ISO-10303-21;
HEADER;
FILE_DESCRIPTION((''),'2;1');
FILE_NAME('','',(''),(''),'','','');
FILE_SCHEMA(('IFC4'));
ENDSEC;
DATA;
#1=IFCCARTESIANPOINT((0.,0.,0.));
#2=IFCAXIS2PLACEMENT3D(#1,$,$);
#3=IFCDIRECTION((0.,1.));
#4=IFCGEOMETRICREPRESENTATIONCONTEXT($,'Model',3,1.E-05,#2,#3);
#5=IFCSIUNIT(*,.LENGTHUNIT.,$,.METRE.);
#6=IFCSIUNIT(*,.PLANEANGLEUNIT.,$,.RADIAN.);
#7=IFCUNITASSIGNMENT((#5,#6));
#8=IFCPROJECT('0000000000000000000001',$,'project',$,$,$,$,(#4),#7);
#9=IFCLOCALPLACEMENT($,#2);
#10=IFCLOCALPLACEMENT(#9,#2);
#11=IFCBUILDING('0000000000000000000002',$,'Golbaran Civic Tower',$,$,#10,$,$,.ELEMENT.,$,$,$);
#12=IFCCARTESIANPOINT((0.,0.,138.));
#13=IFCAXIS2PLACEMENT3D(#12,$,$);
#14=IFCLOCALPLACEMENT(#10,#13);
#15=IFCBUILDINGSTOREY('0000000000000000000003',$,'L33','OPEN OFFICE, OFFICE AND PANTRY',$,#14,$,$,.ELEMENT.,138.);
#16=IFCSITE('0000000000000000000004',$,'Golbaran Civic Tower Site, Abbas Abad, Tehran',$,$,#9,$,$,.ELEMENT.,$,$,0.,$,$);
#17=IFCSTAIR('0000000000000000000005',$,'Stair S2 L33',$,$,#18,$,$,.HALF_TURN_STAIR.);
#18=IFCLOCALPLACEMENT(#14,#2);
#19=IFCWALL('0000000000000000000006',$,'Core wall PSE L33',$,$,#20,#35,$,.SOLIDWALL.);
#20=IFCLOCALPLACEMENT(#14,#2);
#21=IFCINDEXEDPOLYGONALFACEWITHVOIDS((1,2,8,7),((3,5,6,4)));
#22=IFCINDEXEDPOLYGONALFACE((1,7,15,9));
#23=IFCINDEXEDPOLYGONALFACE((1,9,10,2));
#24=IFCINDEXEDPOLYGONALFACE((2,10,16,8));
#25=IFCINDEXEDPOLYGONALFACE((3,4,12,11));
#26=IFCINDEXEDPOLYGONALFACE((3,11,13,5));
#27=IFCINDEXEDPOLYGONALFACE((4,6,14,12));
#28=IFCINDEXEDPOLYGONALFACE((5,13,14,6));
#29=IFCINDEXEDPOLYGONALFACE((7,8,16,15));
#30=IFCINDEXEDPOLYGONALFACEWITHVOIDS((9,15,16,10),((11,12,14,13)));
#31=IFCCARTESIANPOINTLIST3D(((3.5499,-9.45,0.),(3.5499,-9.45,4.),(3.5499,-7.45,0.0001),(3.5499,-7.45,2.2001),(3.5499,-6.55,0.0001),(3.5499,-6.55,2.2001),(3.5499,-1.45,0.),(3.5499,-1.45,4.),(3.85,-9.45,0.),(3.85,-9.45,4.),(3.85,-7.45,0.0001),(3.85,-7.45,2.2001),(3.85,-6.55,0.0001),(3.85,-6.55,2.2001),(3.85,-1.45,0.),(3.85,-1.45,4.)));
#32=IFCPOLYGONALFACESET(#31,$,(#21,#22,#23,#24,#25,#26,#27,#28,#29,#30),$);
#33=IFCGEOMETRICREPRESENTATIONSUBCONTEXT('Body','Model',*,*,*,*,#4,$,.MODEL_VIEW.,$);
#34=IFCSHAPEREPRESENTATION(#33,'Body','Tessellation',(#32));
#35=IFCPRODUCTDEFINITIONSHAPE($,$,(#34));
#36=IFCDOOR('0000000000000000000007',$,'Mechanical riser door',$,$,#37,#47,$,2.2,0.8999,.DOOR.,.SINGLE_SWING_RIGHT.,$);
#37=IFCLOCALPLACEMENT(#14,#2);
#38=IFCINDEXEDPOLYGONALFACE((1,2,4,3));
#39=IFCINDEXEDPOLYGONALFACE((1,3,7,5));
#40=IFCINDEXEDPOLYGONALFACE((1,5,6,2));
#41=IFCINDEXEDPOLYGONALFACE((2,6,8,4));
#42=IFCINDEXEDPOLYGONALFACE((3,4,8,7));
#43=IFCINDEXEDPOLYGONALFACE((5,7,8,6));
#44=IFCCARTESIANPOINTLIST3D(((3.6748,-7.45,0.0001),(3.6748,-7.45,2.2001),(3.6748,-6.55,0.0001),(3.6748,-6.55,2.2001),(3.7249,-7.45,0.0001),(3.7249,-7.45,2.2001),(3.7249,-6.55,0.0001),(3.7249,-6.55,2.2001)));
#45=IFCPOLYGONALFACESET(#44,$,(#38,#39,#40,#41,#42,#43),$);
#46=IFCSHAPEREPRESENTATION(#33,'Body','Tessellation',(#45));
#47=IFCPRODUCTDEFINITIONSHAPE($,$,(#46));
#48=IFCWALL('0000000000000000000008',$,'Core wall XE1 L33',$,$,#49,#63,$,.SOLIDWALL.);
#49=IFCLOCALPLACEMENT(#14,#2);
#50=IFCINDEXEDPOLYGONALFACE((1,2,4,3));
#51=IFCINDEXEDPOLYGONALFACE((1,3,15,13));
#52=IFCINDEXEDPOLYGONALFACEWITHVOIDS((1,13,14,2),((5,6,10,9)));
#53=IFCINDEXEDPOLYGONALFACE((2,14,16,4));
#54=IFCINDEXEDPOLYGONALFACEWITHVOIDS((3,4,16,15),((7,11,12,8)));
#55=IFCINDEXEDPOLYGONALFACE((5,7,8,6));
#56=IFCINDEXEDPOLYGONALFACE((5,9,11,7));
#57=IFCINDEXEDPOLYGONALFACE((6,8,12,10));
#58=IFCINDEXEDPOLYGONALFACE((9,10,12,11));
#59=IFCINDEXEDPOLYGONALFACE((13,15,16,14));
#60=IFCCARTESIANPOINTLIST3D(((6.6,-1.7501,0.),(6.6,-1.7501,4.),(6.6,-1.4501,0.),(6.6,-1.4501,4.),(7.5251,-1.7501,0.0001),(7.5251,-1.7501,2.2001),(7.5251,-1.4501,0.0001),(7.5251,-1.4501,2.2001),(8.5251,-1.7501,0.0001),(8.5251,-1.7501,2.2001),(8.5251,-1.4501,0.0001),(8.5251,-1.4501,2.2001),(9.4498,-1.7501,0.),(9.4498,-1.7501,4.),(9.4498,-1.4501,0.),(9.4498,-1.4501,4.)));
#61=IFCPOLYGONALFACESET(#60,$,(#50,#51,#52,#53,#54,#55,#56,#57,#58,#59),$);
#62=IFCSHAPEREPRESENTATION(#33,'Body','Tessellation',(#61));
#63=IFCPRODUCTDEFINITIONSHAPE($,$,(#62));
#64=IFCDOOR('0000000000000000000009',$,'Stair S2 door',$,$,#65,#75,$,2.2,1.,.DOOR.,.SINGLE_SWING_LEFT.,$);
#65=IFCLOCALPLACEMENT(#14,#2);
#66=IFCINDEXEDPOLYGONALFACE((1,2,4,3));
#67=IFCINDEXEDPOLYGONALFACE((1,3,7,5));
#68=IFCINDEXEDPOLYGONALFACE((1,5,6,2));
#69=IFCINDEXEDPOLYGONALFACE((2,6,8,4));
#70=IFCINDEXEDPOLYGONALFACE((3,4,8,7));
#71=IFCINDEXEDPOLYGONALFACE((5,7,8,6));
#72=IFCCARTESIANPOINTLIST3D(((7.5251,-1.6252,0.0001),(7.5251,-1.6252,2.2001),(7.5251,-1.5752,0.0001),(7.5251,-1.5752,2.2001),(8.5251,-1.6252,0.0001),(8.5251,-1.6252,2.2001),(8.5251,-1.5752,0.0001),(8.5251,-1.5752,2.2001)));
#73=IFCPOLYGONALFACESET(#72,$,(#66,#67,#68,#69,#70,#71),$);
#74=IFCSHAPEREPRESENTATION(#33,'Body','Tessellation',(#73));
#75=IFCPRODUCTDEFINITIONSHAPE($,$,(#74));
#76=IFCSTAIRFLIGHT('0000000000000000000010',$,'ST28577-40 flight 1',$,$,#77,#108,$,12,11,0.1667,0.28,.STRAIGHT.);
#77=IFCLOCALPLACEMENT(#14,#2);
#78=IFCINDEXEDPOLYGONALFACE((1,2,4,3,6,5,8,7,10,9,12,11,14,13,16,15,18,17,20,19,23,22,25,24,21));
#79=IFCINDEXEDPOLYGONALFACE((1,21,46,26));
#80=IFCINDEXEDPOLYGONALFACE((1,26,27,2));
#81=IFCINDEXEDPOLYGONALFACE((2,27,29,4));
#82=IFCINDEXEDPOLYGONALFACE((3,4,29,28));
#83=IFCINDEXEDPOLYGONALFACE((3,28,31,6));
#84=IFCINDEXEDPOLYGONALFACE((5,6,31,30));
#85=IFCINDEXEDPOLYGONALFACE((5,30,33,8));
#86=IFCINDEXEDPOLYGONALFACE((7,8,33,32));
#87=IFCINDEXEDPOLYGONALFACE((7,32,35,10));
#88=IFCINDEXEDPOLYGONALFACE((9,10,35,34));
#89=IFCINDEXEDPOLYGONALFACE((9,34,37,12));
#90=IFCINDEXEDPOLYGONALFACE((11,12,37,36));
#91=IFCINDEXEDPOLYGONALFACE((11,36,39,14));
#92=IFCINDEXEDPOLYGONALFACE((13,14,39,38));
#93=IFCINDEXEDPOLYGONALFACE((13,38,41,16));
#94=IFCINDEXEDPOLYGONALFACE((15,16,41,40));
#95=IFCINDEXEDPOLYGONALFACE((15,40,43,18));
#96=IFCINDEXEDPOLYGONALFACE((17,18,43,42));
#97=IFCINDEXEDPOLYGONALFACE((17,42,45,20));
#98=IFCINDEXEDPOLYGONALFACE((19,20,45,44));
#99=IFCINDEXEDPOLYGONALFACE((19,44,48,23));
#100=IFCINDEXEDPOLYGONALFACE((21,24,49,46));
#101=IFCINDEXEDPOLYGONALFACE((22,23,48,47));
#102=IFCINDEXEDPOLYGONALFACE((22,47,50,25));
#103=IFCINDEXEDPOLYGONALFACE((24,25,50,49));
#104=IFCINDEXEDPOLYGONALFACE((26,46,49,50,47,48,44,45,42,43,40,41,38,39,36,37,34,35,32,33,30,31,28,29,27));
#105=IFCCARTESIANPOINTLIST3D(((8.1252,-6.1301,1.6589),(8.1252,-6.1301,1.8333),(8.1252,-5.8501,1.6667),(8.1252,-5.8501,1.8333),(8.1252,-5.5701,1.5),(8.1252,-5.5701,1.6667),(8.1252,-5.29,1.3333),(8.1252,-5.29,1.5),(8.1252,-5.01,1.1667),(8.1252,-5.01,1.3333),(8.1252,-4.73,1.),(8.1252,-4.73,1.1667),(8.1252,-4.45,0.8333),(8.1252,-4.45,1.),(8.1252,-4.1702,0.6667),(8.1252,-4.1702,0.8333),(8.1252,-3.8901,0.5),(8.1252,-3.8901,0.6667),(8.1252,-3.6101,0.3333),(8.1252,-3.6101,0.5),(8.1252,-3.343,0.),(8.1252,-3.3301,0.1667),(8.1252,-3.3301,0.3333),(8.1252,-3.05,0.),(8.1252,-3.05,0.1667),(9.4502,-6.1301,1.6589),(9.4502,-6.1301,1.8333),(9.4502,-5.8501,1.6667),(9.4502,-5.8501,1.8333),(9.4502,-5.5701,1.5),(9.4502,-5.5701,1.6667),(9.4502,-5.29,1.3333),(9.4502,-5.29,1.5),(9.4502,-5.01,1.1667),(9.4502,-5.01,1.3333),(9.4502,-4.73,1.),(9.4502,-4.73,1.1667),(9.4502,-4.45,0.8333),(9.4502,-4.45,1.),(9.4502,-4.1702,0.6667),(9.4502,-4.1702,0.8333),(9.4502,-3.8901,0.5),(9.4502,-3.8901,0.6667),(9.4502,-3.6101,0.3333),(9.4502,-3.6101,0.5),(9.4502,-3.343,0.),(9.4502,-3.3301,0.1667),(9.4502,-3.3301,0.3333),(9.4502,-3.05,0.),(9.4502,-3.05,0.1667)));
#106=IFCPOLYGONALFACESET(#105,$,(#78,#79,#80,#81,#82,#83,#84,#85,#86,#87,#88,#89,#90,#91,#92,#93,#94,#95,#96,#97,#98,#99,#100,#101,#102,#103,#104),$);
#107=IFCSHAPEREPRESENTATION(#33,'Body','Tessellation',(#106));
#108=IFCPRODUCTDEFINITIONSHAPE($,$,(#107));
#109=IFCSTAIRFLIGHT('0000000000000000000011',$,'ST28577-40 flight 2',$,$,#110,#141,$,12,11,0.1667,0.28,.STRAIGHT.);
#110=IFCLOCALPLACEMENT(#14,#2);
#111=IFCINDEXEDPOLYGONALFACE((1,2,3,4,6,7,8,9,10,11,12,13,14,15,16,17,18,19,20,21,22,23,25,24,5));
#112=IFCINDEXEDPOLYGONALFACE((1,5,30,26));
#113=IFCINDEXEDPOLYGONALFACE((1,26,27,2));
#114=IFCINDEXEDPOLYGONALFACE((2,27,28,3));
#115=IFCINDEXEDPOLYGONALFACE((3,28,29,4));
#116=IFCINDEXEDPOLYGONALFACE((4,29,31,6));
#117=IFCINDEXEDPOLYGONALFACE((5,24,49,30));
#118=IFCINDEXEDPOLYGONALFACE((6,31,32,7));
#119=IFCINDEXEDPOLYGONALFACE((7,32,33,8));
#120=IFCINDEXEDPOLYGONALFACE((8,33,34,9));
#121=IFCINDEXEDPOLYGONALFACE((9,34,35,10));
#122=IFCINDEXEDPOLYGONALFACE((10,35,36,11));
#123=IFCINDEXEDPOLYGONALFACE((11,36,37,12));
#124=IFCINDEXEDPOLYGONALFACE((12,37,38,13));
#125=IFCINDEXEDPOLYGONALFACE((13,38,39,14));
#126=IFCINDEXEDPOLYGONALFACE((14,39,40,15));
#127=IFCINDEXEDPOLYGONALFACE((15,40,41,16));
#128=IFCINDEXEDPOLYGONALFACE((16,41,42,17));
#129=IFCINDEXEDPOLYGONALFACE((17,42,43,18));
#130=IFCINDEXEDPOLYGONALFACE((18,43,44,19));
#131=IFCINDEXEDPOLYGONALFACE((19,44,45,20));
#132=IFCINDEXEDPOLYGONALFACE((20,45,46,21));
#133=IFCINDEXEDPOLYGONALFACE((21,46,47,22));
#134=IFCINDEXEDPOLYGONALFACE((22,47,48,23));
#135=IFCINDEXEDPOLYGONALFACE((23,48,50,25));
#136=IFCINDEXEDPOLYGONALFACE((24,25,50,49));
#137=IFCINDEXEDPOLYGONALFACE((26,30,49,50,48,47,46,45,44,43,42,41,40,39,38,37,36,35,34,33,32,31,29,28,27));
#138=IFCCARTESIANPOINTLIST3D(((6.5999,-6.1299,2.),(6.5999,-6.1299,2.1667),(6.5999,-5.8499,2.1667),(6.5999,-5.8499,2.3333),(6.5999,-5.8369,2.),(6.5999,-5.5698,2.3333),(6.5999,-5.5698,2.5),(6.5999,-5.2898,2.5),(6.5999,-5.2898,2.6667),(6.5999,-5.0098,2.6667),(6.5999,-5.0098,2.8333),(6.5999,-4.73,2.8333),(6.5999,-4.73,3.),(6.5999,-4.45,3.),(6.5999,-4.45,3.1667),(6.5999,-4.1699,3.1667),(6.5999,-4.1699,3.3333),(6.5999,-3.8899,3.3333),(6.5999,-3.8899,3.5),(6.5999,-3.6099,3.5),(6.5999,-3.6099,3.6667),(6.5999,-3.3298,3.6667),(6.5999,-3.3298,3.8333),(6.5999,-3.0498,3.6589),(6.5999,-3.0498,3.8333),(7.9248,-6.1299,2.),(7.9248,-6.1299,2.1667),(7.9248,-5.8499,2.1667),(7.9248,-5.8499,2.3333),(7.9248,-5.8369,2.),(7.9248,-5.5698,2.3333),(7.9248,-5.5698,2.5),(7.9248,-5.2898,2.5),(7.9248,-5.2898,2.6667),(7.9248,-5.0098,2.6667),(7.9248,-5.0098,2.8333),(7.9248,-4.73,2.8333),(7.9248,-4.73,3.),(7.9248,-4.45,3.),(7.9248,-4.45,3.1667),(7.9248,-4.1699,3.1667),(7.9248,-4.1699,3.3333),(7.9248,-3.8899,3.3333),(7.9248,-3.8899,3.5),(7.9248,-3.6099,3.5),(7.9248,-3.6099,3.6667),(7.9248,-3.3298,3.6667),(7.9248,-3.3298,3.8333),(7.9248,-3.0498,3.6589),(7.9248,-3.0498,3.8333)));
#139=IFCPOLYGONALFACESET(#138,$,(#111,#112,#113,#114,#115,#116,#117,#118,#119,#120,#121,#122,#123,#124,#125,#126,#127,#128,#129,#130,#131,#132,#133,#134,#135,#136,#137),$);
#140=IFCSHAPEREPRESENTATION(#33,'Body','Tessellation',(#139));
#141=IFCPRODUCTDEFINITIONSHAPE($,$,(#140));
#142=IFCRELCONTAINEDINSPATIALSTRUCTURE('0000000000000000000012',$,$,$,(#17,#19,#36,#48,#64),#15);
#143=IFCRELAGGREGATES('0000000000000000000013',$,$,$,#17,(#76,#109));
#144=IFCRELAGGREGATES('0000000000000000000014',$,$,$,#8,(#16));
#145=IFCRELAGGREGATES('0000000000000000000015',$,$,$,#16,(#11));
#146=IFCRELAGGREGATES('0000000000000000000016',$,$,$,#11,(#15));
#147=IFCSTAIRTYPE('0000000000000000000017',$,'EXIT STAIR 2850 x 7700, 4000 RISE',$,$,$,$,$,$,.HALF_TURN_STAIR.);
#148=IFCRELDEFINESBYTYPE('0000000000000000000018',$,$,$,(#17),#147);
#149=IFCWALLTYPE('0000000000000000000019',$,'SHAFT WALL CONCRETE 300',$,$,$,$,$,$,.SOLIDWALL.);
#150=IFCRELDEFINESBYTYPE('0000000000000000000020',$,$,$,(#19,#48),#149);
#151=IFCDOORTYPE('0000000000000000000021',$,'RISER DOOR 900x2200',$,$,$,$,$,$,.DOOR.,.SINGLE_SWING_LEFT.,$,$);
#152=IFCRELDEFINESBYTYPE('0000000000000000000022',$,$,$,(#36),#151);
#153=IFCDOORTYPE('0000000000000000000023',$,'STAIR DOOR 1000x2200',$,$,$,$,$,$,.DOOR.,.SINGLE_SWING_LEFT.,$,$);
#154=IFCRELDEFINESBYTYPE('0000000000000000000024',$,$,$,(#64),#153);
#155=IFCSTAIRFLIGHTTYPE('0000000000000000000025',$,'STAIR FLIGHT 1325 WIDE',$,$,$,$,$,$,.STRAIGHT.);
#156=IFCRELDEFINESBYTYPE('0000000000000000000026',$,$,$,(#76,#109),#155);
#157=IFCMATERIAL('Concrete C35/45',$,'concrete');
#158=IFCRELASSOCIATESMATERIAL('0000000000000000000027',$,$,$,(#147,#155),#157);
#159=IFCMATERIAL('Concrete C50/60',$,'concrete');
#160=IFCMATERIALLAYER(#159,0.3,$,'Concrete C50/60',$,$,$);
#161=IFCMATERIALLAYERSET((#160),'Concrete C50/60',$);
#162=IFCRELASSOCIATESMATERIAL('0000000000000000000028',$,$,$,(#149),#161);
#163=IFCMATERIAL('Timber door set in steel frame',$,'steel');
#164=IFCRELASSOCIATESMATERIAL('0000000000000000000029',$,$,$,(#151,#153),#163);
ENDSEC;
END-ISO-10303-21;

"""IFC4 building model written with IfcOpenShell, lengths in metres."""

from ifc_helpers import new_model, si_unit, direction, frame, frame_2d, origin, place, context, subcontext, project, spatial, polyline, rectangle, outline, extrude, material, layer, layer_set, type_object, element, fill, aggregate, save


model = new_model("IFC4")

# Units and contexts
model_context = context("Model", 3, precision=1e-05, world=origin(), true_north=direction((0.0, 1.0)))
body_context = subcontext(model_context, "Body", "Model", "MODEL_VIEW")
ifc_project = project(units=[si_unit("LENGTHUNIT", "METRE"), si_unit("PLANEANGLEUNIT", "RADIAN")], contexts=[model_context])

# Site, building, storey
site_placement = place(None, origin())
site = spatial("IfcSite", under=ifc_project, at=site_placement, Name="Golbaran Civic Tower Site, Abbas Abad, Tehran", CompositionType="ELEMENT", RefElevation=0.0)
building_placement = place(site_placement, origin())
building = spatial("IfcBuilding", under=site, at=building_placement, Name="Golbaran Civic Tower", CompositionType="ELEMENT")
storey_placement = place(building_placement, frame((0.0, 0.0, 138.0)))
storey = spatial("IfcBuildingStorey", under=building, at=storey_placement, Name="L33", Description="OPEN OFFICE, OFFICE AND PANTRY", CompositionType="ELEMENT", Elevation=138.0)

# Stair
ifc_material_1 = material(Name="Concrete C35/45", Category="concrete")
stair_type = type_object("IfcStairType", Name="EXIT STAIR 2850 x 7700, 4000 RISE", PredefinedType="HALF_TURN_STAIR", material=ifc_material_1)
stair_placement = place(storey_placement, origin())
stair = element("IfcStair", 1, at=stair_placement, inside=storey, type_object=stair_type, Name="Stair S2 L33", PredefinedType="HALF_TURN_STAIR")

# Shared definitions
ifc_material_2 = material(Name="Concrete C50/60", Category="concrete")

# Shared definitions
ifc_material_3 = material(Name="Timber door set in steel frame", Category="steel")

# Shared definitions
ifc_layer_1 = layer(ifc_material_2, 0.3, Name="Concrete C50/60")
ifc_layer_set_1 = layer_set([ifc_layer_1], Name="Concrete C50/60")
wall_type_1 = type_object("IfcWallType", Name="SHAFT WALL CONCRETE 300", PredefinedType="SOLIDWALL", material=ifc_layer_set_1)

# Shared definitions
door_type_1 = type_object("IfcDoorType", Name="RISER DOOR 900x2200", OperationType="SINGLE_SWING_LEFT", PredefinedType="DOOR", material=ifc_material_3)
door_type_2 = type_object("IfcDoorType", Name="STAIR DOOR 1000x2200", OperationType="SINGLE_SWING_LEFT", PredefinedType="DOOR", material=ifc_material_3)

# Walls, openings, doors
wall_1_placement = place(storey_placement, frame((3.7, -1.45, 0.0), z_axis=(0.0, 0.0, 1.0), x_axis=(0.0, -1.0, 0.0)))
wall_1 = element("IfcWall", 2, at=wall_1_placement, inside=storey, type_object=wall_type_1, Name="Core wall PSE L33", PredefinedType="SOLIDWALL", context=body_context, shape_type="SweptSolid", body=[
    extrude(rectangle(XDim=8.0, YDim=0.3, at=frame_2d((4.0, 0.0))), origin(), (0.0, 0.0, 1.0), 4.0),
])
opening_1_placement = place(wall_1_placement, frame((5.1001, 0.0, 0.0)))
opening_1 = element("IfcOpeningElement", 3, at=opening_1_placement, cuts=wall_1, PredefinedType="OPENING", context=body_context, shape_type="SweptSolid", body=[
    extrude(rectangle(XDim=0.8999, YDim=2.2, at=frame_2d((0.45, 1.1001))), frame((0.0, 0.1599, 0.0), z_axis=(0.0, -1.0, 0.0), x_axis=(1.0, 0.0, 0.0)), (0.0, 0.0, 1.0), 0.3201),
])
door_1_placement = place(opening_1_placement, origin())
door_1 = element("IfcDoor", 4, at=door_1_placement, inside=storey, type_object=door_type_1, Name="Mechanical riser door", OperationType="SINGLE_SWING_RIGHT", OverallHeight=2.2, OverallWidth=0.8999, PredefinedType="DOOR", context=body_context, shape_type="SweptSolid", body=[
    extrude(rectangle(XDim=0.8999, YDim=2.2, at=frame_2d((0.45, 1.1001))), frame((0.0, 0.0249, 0.0), z_axis=(0.0, -1.0, 0.0), x_axis=(1.0, 0.0, 0.0)), (0.0, 0.0, 1.0), 0.05),
])
fill(opening_1, door_1)
wall_2_placement = place(storey_placement, frame((6.6001, -1.6001, 0.0), z_axis=(0.0, 0.0, 1.0), x_axis=(1.0, 0.0, 0.0)))
wall_2 = element("IfcWall", 5, at=wall_2_placement, inside=storey, type_object=wall_type_1, Name="Core wall XE1 L33", PredefinedType="SOLIDWALL", context=body_context, shape_type="SweptSolid", body=[
    extrude(rectangle(XDim=2.8499, YDim=0.3, at=frame_2d((1.4248, 0.0))), origin(), (0.0, 0.0, 1.0), 4.0),
])
opening_2_placement = place(wall_2_placement, frame((0.925, 0.0, 0.0)))
opening_2 = element("IfcOpeningElement", 6, at=opening_2_placement, cuts=wall_2, PredefinedType="OPENING", context=body_context, shape_type="SweptSolid", body=[
    extrude(rectangle(XDim=1.0, YDim=2.2, at=frame_2d((0.5, 1.1001))), frame((0.0, 0.1599, 0.0), z_axis=(0.0, -1.0, 0.0), x_axis=(1.0, 0.0, 0.0)), (0.0, 0.0, 1.0), 0.3201),
])
door_2_placement = place(opening_2_placement, origin())
door_2 = element("IfcDoor", 7, at=door_2_placement, inside=storey, type_object=door_type_2, Name="Stair S2 door", OperationType="SINGLE_SWING_LEFT", OverallHeight=2.2, OverallWidth=1.0, PredefinedType="DOOR", context=body_context, shape_type="SweptSolid", body=[
    extrude(rectangle(XDim=1.0, YDim=2.2, at=frame_2d((0.5, 1.1001))), frame((0.0, 0.0249, 0.0), z_axis=(0.0, -1.0, 0.0), x_axis=(1.0, 0.0, 0.0)), (0.0, 0.0, 1.0), 0.05),
])
fill(opening_2, door_2)

# Stair flights
stair_flight_type = type_object("IfcStairFlightType", Name="STAIR FLIGHT 1325 WIDE", PredefinedType="STRAIGHT", material=ifc_material_1)
stair_flight_1_placement = place(storey_placement, frame((8.7876, -3.05, 0.0), z_axis=(0.0, 0.0, 1.0), x_axis=(0.0, -1.0, 0.0)))
stair_flight_1 = element("IfcStairFlight", 8, at=stair_flight_1_placement, type_object=stair_flight_type, Name="ST28577-40 flight 1", NumberOfRisers=12, NumberOfTreads=11, PredefinedType="STRAIGHT", RiserHeight=0.1667, TreadLength=0.28, context=body_context, shape_type="SweptSolid", body=[
    extrude(outline(polyline([(0.0, 0.0), (0.0, 0.1667), (0.28, 0.1667), (0.28, 0.3333), (0.5601, 0.3333), (0.5601, 0.5), (0.8401, 0.5), (0.8401, 0.6667), (1.1201, 0.6667), (1.1201, 0.8333), (1.3999, 0.8333), (1.3999, 1.0), (1.6799, 1.0), (1.6799, 1.1667), (1.96, 1.1667), (1.96, 1.3333), (2.24, 1.3333), (2.24, 1.5), (2.52, 1.5), (2.52, 1.6667), (2.8, 1.6667), (2.8, 1.8333), (3.0801, 1.8333), (3.0801, 2.0), (3.0801, 1.6589), (0.293, 0.0), (0.0, 0.0)])), frame((0.0, 0.6626, 0.0), z_axis=(0.0, -1.0, 0.0), x_axis=(1.0, 0.0, 0.0)), (0.0, 0.0, 1.0), 1.325),
])
stair_flight_2_placement = place(storey_placement, frame((7.2625, -6.1299, 2.0), z_axis=(0.0, 0.0, 1.0), x_axis=(0.0, 1.0, 0.0)))
stair_flight_2 = element("IfcStairFlight", 9, at=stair_flight_2_placement, type_object=stair_flight_type, Name="ST28577-40 flight 2", NumberOfRisers=12, NumberOfTreads=11, PredefinedType="STRAIGHT", RiserHeight=0.1667, TreadLength=0.28, context=body_context, shape_type="SweptSolid", body=[
    extrude(outline(polyline([(0.0, 0.0), (0.0, 0.1667), (0.28, 0.1667), (0.28, 0.3333), (0.5601, 0.3333), (0.5601, 0.5), (0.8401, 0.5), (0.8401, 0.6667), (1.1201, 0.6667), (1.1201, 0.8333), (1.3999, 0.8333), (1.3999, 1.0), (1.6799, 1.0), (1.6799, 1.1667), (1.96, 1.1667), (1.96, 1.3333), (2.24, 1.3333), (2.24, 1.5), (2.52, 1.5), (2.52, 1.6667), (2.8, 1.6667), (2.8, 1.8333), (3.0801, 1.8333), (3.0801, 2.0), (3.0801, 1.6589), (0.293, 0.0), (0.0, 0.0)])), frame((0.0, 0.6626, 0.0), z_axis=(0.0, -1.0, 0.0), x_axis=(1.0, 0.0, 0.0)), (0.0, 0.0, 1.0), 1.325),
])
aggregate(stair, [stair_flight_1, stair_flight_2])

save(model, "model.ifc")
